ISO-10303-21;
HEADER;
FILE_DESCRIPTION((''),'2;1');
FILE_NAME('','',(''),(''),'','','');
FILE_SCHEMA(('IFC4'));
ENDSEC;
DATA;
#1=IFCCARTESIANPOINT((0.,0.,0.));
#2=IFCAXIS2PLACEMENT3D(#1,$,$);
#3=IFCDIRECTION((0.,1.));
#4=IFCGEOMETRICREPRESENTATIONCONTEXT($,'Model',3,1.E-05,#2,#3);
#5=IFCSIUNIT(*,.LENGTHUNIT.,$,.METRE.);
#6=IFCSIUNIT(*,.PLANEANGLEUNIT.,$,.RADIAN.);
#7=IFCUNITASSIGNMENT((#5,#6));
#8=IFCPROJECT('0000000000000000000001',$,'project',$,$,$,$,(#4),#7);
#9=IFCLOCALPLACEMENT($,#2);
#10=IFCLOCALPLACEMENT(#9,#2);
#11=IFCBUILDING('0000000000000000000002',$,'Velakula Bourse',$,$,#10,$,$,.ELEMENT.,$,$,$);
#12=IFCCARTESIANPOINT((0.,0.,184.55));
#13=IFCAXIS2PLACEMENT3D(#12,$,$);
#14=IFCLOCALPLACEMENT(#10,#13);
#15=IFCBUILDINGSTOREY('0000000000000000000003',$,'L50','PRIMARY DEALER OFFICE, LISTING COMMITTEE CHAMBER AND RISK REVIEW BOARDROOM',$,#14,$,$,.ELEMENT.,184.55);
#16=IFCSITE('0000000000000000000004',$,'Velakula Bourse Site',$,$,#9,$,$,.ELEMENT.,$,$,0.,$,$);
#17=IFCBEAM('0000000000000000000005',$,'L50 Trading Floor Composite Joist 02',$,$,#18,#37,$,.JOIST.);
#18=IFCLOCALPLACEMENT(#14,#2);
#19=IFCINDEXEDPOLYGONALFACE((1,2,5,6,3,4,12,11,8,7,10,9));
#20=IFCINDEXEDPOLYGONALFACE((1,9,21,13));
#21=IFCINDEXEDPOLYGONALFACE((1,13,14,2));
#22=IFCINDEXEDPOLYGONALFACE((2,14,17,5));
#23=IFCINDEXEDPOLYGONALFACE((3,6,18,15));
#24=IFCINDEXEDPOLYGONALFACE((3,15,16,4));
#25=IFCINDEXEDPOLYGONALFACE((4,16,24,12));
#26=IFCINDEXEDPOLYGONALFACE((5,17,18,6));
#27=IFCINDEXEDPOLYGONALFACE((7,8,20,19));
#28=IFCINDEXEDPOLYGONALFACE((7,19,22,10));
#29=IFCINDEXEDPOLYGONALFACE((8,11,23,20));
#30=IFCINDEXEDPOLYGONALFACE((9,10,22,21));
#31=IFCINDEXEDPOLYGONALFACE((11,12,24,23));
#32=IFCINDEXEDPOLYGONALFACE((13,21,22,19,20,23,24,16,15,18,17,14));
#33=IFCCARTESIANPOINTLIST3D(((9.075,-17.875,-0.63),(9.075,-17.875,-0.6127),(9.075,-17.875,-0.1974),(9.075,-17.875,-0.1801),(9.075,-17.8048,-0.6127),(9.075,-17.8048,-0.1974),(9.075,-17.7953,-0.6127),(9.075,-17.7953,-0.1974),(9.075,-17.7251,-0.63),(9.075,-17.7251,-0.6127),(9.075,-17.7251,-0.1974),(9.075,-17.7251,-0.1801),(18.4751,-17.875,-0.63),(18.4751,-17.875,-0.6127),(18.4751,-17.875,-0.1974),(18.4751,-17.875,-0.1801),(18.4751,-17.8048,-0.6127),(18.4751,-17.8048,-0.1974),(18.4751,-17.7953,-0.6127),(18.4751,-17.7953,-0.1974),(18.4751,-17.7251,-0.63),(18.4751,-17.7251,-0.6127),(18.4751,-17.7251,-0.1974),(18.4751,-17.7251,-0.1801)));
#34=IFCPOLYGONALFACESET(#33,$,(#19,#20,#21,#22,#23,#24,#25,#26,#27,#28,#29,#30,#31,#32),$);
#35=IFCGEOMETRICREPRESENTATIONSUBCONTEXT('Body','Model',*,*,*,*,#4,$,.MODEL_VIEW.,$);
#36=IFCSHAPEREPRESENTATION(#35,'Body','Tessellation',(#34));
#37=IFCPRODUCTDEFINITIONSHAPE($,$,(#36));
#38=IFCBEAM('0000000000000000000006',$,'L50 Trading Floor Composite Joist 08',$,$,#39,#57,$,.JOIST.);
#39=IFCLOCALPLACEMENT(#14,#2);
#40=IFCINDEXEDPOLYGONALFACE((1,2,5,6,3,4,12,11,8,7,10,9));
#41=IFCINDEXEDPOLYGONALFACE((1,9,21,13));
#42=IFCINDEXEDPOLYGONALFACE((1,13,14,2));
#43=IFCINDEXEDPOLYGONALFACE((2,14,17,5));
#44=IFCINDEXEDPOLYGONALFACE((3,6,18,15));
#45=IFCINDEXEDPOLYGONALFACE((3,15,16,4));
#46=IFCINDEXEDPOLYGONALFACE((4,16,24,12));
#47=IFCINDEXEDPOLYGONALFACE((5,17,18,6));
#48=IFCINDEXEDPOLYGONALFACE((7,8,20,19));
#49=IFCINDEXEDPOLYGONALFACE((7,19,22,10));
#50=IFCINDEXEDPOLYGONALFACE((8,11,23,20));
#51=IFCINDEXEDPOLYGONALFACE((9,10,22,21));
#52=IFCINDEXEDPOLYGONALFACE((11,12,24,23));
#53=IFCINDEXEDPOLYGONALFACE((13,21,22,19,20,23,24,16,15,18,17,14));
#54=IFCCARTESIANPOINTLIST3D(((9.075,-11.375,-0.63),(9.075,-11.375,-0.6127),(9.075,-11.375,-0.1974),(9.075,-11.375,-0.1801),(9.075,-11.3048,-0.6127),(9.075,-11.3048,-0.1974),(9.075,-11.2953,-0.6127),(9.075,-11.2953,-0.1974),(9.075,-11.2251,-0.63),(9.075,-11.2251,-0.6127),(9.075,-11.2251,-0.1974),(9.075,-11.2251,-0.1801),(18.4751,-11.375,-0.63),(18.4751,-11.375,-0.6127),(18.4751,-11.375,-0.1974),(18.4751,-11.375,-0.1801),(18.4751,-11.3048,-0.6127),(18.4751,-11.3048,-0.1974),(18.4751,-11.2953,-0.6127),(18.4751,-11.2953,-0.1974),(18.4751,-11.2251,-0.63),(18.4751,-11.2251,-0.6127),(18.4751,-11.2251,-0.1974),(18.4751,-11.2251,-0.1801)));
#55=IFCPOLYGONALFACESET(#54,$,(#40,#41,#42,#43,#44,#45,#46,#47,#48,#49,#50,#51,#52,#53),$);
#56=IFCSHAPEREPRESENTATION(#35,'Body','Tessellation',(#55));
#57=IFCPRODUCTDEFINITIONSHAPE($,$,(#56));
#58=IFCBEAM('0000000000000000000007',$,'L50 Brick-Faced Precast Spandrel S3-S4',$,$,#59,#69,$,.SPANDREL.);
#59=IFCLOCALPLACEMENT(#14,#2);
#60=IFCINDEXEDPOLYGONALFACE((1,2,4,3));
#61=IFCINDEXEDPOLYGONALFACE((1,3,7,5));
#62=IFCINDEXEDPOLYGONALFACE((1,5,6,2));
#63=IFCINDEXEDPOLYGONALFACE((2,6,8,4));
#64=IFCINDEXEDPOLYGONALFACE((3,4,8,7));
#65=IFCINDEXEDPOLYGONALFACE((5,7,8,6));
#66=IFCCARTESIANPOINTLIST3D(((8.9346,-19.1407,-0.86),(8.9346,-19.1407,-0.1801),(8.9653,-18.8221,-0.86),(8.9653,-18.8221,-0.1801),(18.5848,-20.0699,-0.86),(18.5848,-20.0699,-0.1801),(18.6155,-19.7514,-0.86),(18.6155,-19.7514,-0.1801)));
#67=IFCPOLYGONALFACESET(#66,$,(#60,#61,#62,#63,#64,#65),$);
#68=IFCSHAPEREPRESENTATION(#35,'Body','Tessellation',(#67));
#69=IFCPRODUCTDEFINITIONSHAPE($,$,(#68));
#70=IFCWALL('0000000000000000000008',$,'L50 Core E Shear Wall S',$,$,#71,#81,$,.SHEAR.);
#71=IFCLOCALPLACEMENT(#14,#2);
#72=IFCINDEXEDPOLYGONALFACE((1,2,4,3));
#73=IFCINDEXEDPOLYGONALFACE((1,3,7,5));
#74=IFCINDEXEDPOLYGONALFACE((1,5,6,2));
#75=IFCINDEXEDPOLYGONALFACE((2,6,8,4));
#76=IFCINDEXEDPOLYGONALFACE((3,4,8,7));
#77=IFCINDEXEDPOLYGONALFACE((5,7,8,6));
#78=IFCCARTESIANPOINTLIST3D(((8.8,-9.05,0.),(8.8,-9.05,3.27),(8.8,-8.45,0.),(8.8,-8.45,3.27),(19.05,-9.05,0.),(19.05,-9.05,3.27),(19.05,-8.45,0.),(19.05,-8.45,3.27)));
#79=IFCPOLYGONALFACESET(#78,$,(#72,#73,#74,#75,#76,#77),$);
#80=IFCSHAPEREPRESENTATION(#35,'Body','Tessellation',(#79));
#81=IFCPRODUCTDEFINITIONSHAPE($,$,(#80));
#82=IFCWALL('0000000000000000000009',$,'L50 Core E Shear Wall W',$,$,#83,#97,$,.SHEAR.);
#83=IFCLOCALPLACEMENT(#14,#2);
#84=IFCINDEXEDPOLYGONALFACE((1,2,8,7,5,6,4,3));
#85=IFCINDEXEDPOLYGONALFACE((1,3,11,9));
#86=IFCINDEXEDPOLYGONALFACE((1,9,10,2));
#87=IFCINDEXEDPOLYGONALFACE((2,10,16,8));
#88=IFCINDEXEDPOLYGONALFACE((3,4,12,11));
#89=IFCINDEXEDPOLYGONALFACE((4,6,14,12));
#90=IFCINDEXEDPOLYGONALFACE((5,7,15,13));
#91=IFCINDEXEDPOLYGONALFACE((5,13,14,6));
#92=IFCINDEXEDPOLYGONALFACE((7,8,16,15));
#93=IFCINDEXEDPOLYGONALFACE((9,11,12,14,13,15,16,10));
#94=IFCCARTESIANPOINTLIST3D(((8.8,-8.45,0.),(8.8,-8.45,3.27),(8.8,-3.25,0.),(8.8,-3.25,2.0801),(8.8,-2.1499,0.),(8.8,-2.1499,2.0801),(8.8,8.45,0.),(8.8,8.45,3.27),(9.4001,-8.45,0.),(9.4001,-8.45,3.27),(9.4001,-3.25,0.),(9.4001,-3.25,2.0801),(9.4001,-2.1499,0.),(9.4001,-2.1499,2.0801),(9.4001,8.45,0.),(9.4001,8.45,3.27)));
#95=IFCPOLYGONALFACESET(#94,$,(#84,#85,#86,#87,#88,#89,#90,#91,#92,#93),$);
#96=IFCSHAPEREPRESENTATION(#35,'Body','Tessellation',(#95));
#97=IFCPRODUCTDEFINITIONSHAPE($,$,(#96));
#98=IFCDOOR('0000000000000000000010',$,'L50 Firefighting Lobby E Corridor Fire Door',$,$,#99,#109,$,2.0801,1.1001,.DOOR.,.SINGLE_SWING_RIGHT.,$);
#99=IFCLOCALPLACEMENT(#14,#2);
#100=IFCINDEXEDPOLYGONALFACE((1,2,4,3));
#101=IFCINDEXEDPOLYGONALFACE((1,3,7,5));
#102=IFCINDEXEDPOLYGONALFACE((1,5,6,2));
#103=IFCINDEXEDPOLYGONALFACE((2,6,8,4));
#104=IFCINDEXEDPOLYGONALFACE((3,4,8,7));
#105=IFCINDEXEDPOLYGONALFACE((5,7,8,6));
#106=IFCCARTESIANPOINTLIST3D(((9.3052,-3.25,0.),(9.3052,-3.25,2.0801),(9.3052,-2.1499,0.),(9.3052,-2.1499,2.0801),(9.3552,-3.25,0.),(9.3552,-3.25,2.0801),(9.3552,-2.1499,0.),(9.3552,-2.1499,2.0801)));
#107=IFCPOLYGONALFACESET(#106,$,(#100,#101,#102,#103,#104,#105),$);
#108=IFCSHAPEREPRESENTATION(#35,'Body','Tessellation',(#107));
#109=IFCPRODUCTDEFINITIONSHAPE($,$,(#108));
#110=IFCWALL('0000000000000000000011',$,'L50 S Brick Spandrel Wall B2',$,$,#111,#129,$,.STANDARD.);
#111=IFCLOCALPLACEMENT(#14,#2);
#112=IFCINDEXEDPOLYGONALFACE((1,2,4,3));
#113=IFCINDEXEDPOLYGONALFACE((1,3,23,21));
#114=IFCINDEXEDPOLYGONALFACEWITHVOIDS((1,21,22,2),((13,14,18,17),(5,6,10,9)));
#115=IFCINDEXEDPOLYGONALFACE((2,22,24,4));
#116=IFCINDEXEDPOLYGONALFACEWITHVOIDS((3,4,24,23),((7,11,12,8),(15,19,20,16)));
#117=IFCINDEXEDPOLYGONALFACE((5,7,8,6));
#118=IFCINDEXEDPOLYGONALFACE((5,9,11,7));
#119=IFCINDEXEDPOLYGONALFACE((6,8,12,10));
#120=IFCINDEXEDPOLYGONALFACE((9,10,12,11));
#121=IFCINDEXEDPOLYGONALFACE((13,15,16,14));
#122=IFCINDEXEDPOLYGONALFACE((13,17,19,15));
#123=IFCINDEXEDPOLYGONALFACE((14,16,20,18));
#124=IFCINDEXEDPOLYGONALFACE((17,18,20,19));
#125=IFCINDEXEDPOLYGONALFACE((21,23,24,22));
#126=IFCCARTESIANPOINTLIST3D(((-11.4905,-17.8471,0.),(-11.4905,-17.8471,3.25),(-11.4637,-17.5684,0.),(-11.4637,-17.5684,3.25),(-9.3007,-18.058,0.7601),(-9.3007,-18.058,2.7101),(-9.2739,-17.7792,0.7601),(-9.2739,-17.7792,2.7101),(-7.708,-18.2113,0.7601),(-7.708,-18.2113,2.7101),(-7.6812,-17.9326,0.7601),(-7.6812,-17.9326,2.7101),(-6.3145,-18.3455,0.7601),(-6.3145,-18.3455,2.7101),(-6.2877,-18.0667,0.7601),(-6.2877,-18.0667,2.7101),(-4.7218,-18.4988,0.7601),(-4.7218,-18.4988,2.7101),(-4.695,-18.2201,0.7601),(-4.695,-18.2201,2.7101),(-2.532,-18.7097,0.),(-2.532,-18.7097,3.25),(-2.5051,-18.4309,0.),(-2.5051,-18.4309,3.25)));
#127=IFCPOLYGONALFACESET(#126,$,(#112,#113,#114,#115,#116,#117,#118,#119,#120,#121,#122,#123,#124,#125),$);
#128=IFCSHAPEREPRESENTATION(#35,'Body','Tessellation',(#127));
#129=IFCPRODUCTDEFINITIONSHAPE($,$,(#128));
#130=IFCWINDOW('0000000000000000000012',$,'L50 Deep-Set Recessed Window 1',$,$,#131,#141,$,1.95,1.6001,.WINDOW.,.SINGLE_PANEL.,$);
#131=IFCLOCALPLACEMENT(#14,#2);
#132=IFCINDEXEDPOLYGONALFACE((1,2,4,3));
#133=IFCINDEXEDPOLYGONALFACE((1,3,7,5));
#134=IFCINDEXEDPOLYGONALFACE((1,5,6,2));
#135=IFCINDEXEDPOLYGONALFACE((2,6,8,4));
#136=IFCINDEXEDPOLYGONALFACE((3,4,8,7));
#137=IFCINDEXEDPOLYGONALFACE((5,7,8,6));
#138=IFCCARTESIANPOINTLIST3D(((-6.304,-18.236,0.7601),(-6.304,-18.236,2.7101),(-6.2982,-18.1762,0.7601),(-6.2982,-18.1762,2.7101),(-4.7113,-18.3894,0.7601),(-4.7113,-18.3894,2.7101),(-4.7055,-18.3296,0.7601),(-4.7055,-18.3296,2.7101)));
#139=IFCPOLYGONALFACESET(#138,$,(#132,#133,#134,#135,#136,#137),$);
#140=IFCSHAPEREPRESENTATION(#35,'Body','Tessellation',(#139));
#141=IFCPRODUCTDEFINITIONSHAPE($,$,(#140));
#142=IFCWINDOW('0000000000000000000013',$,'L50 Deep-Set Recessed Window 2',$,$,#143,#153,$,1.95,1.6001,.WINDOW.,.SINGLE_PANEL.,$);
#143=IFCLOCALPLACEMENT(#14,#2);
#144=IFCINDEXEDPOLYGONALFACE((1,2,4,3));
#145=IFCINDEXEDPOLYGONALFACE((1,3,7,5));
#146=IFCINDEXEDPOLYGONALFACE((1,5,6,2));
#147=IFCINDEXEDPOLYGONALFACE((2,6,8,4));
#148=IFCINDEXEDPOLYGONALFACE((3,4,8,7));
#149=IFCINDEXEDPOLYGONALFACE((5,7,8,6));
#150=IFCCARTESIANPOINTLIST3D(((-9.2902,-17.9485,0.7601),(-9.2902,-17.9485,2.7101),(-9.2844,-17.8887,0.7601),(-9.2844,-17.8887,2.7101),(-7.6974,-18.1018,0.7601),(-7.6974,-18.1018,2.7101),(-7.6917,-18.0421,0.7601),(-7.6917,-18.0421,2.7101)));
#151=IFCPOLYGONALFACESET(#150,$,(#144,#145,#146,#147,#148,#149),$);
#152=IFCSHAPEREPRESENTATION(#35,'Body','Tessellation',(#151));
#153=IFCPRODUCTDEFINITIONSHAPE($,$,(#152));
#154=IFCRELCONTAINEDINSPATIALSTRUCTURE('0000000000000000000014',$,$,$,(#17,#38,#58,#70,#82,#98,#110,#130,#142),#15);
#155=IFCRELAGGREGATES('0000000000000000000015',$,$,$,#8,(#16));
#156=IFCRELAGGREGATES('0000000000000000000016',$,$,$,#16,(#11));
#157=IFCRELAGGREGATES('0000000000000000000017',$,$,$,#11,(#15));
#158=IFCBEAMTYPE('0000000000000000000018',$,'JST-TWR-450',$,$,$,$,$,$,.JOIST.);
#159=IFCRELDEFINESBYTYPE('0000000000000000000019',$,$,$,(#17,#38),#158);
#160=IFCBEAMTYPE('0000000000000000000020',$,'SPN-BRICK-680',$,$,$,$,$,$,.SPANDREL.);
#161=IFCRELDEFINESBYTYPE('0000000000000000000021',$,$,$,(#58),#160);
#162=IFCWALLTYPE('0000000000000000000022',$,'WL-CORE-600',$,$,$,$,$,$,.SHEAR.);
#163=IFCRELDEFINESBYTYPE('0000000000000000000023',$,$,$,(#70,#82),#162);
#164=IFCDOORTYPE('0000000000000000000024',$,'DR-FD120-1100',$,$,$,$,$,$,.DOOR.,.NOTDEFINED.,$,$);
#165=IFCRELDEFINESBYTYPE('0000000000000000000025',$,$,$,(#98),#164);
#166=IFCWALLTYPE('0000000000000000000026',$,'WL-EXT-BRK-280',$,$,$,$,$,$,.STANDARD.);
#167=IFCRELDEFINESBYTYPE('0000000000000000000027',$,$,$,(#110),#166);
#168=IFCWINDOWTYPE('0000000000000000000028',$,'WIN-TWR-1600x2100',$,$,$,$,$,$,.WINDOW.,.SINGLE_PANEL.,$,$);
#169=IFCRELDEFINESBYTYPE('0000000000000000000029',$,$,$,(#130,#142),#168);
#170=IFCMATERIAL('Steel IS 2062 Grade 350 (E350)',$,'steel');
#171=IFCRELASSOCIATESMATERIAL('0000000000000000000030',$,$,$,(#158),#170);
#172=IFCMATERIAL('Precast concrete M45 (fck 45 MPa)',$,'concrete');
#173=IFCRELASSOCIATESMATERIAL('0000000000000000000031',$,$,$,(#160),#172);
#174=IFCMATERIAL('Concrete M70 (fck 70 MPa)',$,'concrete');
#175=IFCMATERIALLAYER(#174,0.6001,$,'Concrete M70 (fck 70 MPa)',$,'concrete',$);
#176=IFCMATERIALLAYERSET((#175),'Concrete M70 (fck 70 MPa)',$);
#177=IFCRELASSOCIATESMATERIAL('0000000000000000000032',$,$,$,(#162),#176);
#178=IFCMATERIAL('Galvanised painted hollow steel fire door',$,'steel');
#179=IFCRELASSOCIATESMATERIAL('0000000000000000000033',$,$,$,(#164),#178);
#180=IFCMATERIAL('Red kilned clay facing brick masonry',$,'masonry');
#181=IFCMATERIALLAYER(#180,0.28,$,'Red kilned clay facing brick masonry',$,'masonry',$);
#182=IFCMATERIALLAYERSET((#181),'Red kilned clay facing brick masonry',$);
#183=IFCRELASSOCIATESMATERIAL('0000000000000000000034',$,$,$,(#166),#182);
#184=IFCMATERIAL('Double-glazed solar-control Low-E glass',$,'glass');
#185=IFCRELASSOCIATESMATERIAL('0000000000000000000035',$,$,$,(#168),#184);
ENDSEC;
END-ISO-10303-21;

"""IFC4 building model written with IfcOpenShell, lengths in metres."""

from ifc_helpers import new_model, si_unit, direction, frame, frame_2d, origin, origin_2d, place, context, subcontext, project, spatial, rectangle, i_section, extrude, material, layer, layer_set, material_profile, profile_set, type_object, element, fill, save


model = new_model("IFC4")

# Units and contexts
model_context = context("Model", 3, precision=1e-05, world=origin(), true_north=direction((0.0, 1.0)))
body_context = subcontext(model_context, "Body", "Model", "MODEL_VIEW")
ifc_project = project(units=[si_unit("LENGTHUNIT", "METRE"), si_unit("PLANEANGLEUNIT", "RADIAN")], contexts=[model_context])

# Site, building, storey
site_placement = place(None, origin())
site = spatial("IfcSite", under=ifc_project, at=site_placement, Name="Velakula Bourse Site", CompositionType="ELEMENT", RefElevation=0.0)
building_placement = place(site_placement, origin())
building = spatial("IfcBuilding", under=site, at=building_placement, Name="Velakula Bourse", CompositionType="ELEMENT")
storey_placement = place(building_placement, frame((0.0, 0.0, 184.55)))
storey = spatial("IfcBuildingStorey", under=building, at=storey_placement, Name="L50", Description="PRIMARY DEALER OFFICE, LISTING COMMITTEE CHAMBER AND RISK REVIEW BOARDROOM", CompositionType="ELEMENT", Elevation=184.55)

# Shared definitions
ifc_material_1 = material(Name="Concrete M70 (fck 70 MPa)", Category="concrete")
ifc_material_2 = material(Name="Steel IS 2062 Grade 350 (E350)", Category="steel")

# Beams
ifc_material_profile_1 = material_profile(ifc_material_2, i_section(OverallWidth=0.1499, OverallDepth=0.45, WebThickness=0.0095, FlangeThickness=0.0173, at=origin_2d()), Name="Steel IS 2062 Grade 350 (E350)")
ifc_profile_set_1 = profile_set([ifc_material_profile_1], Name="Steel IS 2062 Grade 350 (E350)")
beam_type_1 = type_object("IfcBeamType", Name="JST-TWR-450", PredefinedType="JOIST", material=ifc_profile_set_1)
for number, where, z_axis, x_axis, name in (
    (1, (9.075, -17.8, -0.405), (1.0, 0.0, 0.0), (0.0, 1.0, 0.0), "L50 Trading Floor Composite Joist 02"),
    (2, (9.075, -11.3, -0.405), (1.0, 0.0, 0.0), (0.0, 1.0, 0.0), "L50 Trading Floor Composite Joist 08"),
):
    element("IfcBeam", number, at=place(storey_placement, frame(where, z_axis=z_axis, x_axis=x_axis)), inside=storey, type_object=beam_type_1, Name=name, PredefinedType="JOIST", context=body_context, shape_type="SweptSolid", body=[
        extrude(i_section(OverallWidth=0.1499, OverallDepth=0.45, WebThickness=0.0095, FlangeThickness=0.0173, at=origin_2d()), origin(), (0.0, 0.0, 1.0), 9.4001),
    ])
ifc_material_3 = material(Name="Precast concrete M45 (fck 45 MPa)", Category="concrete")
ifc_material_profile_2 = material_profile(ifc_material_3, rectangle(XDim=0.3201, YDim=0.6799, at=origin_2d()), Name="Precast concrete M45 (fck 45 MPa)")
ifc_profile_set_2 = profile_set([ifc_material_profile_2], Name="Precast concrete M45 (fck 45 MPa)")
beam_type_2 = type_object("IfcBeamType", Name="SPN-BRICK-680", PredefinedType="SPANDREL", material=ifc_profile_set_2)
beam_1_placement = place(storey_placement, frame((8.95, -18.9814, -0.52), z_axis=(0.995396, -0.095845, 0.0), x_axis=(0.095845, 0.995396, 0.0)))
element("IfcBeam", 3, at=beam_1_placement, inside=storey, type_object=beam_type_2, Name="L50 Brick-Faced Precast Spandrel S3-S4", PredefinedType="SPANDREL", context=body_context, shape_type="SweptSolid", body=[
    extrude(rectangle(XDim=0.3201, YDim=0.6799, at=origin_2d()), origin(), (0.0, 0.0, 1.0), 9.6948),
])

# Wall
ifc_layer_1 = layer(ifc_material_1, 0.6001, Name="Concrete M70 (fck 70 MPa)", Category="concrete")
ifc_layer_set_1 = layer_set([ifc_layer_1], Name="Concrete M70 (fck 70 MPa)")
wall_type_1 = type_object("IfcWallType", Name="WL-CORE-600", PredefinedType="SHEAR", material=ifc_layer_set_1)
wall_1_placement = place(storey_placement, frame((8.8, -8.75, 0.0), z_axis=(0.0, 0.0, 1.0), x_axis=(1.0, 0.0, 0.0)))
element("IfcWall", 4, at=wall_1_placement, inside=storey, type_object=wall_type_1, Name="L50 Core E Shear Wall S", PredefinedType="SHEAR", context=body_context, shape_type="SweptSolid", body=[
    extrude(rectangle(XDim=10.25, YDim=0.6001, at=frame_2d((5.125, 0.0))), origin(), (0.0, 0.0, 1.0), 3.27),
])

# Wall, opening, door
wall_2_placement = place(storey_placement, frame((9.1001, -8.45, 0.0), z_axis=(0.0, 0.0, 1.0), x_axis=(0.0, 1.0, 0.0)))
wall_2 = element("IfcWall", 5, at=wall_2_placement, inside=storey, type_object=wall_type_1, Name="L50 Core E Shear Wall W", PredefinedType="SHEAR", context=body_context, shape_type="SweptSolid", body=[
    extrude(rectangle(XDim=16.8999, YDim=0.6001, at=frame_2d((8.45, 0.0))), origin(), (0.0, 0.0, 1.0), 3.27),
])
opening_1_placement = place(wall_2_placement, frame((5.2, 0.0, 0.0)))
opening_1 = element("IfcOpeningElement", 6, at=opening_1_placement, cuts=wall_2, PredefinedType="OPENING", context=body_context, shape_type="SweptSolid", body=[
    extrude(rectangle(XDim=1.1001, YDim=2.0801, at=frame_2d((0.55, 1.04))), frame((0.0, 0.3101, 0.0), z_axis=(0.0, -1.0, 0.0), x_axis=(1.0, 0.0, 0.0)), (0.0, 0.0, 1.0), 0.6201),
])
ifc_material_4 = material(Name="Galvanised painted hollow steel fire door", Category="steel")
door_type = type_object("IfcDoorType", Name="DR-FD120-1100", OperationType="NOTDEFINED", PredefinedType="DOOR", material=ifc_material_4)
door_placement = place(opening_1_placement, origin())
door = element("IfcDoor", 7, at=door_placement, inside=storey, type_object=door_type, Name="L50 Firefighting Lobby E Corridor Fire Door", OperationType="SINGLE_SWING_RIGHT", OverallHeight=2.0801, OverallWidth=1.1001, PredefinedType="DOOR", context=body_context, shape_type="SweptSolid", body=[
    extrude(rectangle(XDim=1.1001, YDim=2.0801, at=frame_2d((0.55, 1.04))), frame((0.0, -0.2051, 0.0), z_axis=(0.0, -1.0, 0.0), x_axis=(1.0, 0.0, 0.0)), (0.0, 0.0, 1.0), 0.05),
])
fill(opening_1, door)

# Wall, openings, windows
ifc_material_5 = material(Name="Red kilned clay facing brick masonry", Category="masonry")
ifc_layer_2 = layer(ifc_material_5, 0.28, Name="Red kilned clay facing brick masonry", Category="masonry")
ifc_layer_set_2 = layer_set([ifc_layer_2], Name="Red kilned clay facing brick masonry")
wall_type_2 = type_object("IfcWallType", Name="WL-EXT-BRK-280", PredefinedType="STANDARD", material=ifc_layer_set_2)
wall_3_placement = place(storey_placement, frame((-2.5186, -18.5703, 0.0), z_axis=(0.0, 0.0, 1.0), x_axis=(-0.995397, 0.09584, 0.0)))
wall_3 = element("IfcWall", 8, at=wall_3_placement, inside=storey, type_object=wall_type_2, Name="L50 S Brick Spandrel Wall B2", PredefinedType="STANDARD", context=body_context, shape_type="SweptSolid", body=[
    extrude(rectangle(XDim=9.0, YDim=0.28, at=frame_2d((4.5, 0.0))), origin(), (0.0, 0.0, 1.0), 3.25),
])
opening_2_placement = place(wall_3_placement, frame((2.2, 0.0, 0.76)))
opening_2 = element("IfcOpeningElement", 9, at=opening_2_placement, cuts=wall_3, PredefinedType="OPENING", context=body_context, shape_type="SweptSolid", body=[
    extrude(rectangle(XDim=1.6001, YDim=1.95, at=frame_2d((0.8, 0.9751))), frame((0.0, 0.1499, 0.0), z_axis=(0.0, -1.0, 0.0), x_axis=(1.0, 0.0, 0.0)), (0.0, 0.0, 1.0), 0.3),
])
opening_3_placement = place(wall_3_placement, frame((5.2, 0.0, 0.76)))
opening_3 = element("IfcOpeningElement", 10, at=opening_3_placement, cuts=wall_3, PredefinedType="OPENING", context=body_context, shape_type="SweptSolid", body=[
    extrude(rectangle(XDim=1.6001, YDim=1.95, at=frame_2d((0.8, 0.9751))), frame((0.0, 0.1499, 0.0), z_axis=(0.0, -1.0, 0.0), x_axis=(1.0, 0.0, 0.0)), (0.0, 0.0, 1.0), 0.3),
])
ifc_material_6 = material(Name="Double-glazed solar-control Low-E glass", Category="glass")
window_type = type_object("IfcWindowType", Name="WIN-TWR-1600x2100", PartitioningType="SINGLE_PANEL", PredefinedType="WINDOW", material=ifc_material_6)
window_1_placement = place(opening_2_placement, origin())
window_1 = element("IfcWindow", 11, at=window_1_placement, inside=storey, type_object=window_type, Name="L50 Deep-Set Recessed Window 1", OverallHeight=1.95, OverallWidth=1.6001, PartitioningType="SINGLE_PANEL", PredefinedType="WINDOW", context=body_context, shape_type="SweptSolid", body=[
    extrude(rectangle(XDim=1.6001, YDim=1.95, at=frame_2d((0.8, 0.9751))), frame((0.0, 0.03, 0.0), z_axis=(0.0, -1.0, 0.0), x_axis=(1.0, 0.0, 0.0)), (0.0, 0.0, 1.0), 0.0601),
])
fill(opening_2, window_1)
window_2_placement = place(opening_3_placement, origin())
window_2 = element("IfcWindow", 12, at=window_2_placement, inside=storey, type_object=window_type, Name="L50 Deep-Set Recessed Window 2", OverallHeight=1.95, OverallWidth=1.6001, PartitioningType="SINGLE_PANEL", PredefinedType="WINDOW", context=body_context, shape_type="SweptSolid", body=[
    extrude(rectangle(XDim=1.6001, YDim=1.95, at=frame_2d((0.8, 0.9751))), frame((0.0, 0.03, 0.0), z_axis=(0.0, -1.0, 0.0), x_axis=(1.0, 0.0, 0.0)), (0.0, 0.0, 1.0), 0.0601),
])
fill(opening_3, window_2)

save(model, "model.ifc")
